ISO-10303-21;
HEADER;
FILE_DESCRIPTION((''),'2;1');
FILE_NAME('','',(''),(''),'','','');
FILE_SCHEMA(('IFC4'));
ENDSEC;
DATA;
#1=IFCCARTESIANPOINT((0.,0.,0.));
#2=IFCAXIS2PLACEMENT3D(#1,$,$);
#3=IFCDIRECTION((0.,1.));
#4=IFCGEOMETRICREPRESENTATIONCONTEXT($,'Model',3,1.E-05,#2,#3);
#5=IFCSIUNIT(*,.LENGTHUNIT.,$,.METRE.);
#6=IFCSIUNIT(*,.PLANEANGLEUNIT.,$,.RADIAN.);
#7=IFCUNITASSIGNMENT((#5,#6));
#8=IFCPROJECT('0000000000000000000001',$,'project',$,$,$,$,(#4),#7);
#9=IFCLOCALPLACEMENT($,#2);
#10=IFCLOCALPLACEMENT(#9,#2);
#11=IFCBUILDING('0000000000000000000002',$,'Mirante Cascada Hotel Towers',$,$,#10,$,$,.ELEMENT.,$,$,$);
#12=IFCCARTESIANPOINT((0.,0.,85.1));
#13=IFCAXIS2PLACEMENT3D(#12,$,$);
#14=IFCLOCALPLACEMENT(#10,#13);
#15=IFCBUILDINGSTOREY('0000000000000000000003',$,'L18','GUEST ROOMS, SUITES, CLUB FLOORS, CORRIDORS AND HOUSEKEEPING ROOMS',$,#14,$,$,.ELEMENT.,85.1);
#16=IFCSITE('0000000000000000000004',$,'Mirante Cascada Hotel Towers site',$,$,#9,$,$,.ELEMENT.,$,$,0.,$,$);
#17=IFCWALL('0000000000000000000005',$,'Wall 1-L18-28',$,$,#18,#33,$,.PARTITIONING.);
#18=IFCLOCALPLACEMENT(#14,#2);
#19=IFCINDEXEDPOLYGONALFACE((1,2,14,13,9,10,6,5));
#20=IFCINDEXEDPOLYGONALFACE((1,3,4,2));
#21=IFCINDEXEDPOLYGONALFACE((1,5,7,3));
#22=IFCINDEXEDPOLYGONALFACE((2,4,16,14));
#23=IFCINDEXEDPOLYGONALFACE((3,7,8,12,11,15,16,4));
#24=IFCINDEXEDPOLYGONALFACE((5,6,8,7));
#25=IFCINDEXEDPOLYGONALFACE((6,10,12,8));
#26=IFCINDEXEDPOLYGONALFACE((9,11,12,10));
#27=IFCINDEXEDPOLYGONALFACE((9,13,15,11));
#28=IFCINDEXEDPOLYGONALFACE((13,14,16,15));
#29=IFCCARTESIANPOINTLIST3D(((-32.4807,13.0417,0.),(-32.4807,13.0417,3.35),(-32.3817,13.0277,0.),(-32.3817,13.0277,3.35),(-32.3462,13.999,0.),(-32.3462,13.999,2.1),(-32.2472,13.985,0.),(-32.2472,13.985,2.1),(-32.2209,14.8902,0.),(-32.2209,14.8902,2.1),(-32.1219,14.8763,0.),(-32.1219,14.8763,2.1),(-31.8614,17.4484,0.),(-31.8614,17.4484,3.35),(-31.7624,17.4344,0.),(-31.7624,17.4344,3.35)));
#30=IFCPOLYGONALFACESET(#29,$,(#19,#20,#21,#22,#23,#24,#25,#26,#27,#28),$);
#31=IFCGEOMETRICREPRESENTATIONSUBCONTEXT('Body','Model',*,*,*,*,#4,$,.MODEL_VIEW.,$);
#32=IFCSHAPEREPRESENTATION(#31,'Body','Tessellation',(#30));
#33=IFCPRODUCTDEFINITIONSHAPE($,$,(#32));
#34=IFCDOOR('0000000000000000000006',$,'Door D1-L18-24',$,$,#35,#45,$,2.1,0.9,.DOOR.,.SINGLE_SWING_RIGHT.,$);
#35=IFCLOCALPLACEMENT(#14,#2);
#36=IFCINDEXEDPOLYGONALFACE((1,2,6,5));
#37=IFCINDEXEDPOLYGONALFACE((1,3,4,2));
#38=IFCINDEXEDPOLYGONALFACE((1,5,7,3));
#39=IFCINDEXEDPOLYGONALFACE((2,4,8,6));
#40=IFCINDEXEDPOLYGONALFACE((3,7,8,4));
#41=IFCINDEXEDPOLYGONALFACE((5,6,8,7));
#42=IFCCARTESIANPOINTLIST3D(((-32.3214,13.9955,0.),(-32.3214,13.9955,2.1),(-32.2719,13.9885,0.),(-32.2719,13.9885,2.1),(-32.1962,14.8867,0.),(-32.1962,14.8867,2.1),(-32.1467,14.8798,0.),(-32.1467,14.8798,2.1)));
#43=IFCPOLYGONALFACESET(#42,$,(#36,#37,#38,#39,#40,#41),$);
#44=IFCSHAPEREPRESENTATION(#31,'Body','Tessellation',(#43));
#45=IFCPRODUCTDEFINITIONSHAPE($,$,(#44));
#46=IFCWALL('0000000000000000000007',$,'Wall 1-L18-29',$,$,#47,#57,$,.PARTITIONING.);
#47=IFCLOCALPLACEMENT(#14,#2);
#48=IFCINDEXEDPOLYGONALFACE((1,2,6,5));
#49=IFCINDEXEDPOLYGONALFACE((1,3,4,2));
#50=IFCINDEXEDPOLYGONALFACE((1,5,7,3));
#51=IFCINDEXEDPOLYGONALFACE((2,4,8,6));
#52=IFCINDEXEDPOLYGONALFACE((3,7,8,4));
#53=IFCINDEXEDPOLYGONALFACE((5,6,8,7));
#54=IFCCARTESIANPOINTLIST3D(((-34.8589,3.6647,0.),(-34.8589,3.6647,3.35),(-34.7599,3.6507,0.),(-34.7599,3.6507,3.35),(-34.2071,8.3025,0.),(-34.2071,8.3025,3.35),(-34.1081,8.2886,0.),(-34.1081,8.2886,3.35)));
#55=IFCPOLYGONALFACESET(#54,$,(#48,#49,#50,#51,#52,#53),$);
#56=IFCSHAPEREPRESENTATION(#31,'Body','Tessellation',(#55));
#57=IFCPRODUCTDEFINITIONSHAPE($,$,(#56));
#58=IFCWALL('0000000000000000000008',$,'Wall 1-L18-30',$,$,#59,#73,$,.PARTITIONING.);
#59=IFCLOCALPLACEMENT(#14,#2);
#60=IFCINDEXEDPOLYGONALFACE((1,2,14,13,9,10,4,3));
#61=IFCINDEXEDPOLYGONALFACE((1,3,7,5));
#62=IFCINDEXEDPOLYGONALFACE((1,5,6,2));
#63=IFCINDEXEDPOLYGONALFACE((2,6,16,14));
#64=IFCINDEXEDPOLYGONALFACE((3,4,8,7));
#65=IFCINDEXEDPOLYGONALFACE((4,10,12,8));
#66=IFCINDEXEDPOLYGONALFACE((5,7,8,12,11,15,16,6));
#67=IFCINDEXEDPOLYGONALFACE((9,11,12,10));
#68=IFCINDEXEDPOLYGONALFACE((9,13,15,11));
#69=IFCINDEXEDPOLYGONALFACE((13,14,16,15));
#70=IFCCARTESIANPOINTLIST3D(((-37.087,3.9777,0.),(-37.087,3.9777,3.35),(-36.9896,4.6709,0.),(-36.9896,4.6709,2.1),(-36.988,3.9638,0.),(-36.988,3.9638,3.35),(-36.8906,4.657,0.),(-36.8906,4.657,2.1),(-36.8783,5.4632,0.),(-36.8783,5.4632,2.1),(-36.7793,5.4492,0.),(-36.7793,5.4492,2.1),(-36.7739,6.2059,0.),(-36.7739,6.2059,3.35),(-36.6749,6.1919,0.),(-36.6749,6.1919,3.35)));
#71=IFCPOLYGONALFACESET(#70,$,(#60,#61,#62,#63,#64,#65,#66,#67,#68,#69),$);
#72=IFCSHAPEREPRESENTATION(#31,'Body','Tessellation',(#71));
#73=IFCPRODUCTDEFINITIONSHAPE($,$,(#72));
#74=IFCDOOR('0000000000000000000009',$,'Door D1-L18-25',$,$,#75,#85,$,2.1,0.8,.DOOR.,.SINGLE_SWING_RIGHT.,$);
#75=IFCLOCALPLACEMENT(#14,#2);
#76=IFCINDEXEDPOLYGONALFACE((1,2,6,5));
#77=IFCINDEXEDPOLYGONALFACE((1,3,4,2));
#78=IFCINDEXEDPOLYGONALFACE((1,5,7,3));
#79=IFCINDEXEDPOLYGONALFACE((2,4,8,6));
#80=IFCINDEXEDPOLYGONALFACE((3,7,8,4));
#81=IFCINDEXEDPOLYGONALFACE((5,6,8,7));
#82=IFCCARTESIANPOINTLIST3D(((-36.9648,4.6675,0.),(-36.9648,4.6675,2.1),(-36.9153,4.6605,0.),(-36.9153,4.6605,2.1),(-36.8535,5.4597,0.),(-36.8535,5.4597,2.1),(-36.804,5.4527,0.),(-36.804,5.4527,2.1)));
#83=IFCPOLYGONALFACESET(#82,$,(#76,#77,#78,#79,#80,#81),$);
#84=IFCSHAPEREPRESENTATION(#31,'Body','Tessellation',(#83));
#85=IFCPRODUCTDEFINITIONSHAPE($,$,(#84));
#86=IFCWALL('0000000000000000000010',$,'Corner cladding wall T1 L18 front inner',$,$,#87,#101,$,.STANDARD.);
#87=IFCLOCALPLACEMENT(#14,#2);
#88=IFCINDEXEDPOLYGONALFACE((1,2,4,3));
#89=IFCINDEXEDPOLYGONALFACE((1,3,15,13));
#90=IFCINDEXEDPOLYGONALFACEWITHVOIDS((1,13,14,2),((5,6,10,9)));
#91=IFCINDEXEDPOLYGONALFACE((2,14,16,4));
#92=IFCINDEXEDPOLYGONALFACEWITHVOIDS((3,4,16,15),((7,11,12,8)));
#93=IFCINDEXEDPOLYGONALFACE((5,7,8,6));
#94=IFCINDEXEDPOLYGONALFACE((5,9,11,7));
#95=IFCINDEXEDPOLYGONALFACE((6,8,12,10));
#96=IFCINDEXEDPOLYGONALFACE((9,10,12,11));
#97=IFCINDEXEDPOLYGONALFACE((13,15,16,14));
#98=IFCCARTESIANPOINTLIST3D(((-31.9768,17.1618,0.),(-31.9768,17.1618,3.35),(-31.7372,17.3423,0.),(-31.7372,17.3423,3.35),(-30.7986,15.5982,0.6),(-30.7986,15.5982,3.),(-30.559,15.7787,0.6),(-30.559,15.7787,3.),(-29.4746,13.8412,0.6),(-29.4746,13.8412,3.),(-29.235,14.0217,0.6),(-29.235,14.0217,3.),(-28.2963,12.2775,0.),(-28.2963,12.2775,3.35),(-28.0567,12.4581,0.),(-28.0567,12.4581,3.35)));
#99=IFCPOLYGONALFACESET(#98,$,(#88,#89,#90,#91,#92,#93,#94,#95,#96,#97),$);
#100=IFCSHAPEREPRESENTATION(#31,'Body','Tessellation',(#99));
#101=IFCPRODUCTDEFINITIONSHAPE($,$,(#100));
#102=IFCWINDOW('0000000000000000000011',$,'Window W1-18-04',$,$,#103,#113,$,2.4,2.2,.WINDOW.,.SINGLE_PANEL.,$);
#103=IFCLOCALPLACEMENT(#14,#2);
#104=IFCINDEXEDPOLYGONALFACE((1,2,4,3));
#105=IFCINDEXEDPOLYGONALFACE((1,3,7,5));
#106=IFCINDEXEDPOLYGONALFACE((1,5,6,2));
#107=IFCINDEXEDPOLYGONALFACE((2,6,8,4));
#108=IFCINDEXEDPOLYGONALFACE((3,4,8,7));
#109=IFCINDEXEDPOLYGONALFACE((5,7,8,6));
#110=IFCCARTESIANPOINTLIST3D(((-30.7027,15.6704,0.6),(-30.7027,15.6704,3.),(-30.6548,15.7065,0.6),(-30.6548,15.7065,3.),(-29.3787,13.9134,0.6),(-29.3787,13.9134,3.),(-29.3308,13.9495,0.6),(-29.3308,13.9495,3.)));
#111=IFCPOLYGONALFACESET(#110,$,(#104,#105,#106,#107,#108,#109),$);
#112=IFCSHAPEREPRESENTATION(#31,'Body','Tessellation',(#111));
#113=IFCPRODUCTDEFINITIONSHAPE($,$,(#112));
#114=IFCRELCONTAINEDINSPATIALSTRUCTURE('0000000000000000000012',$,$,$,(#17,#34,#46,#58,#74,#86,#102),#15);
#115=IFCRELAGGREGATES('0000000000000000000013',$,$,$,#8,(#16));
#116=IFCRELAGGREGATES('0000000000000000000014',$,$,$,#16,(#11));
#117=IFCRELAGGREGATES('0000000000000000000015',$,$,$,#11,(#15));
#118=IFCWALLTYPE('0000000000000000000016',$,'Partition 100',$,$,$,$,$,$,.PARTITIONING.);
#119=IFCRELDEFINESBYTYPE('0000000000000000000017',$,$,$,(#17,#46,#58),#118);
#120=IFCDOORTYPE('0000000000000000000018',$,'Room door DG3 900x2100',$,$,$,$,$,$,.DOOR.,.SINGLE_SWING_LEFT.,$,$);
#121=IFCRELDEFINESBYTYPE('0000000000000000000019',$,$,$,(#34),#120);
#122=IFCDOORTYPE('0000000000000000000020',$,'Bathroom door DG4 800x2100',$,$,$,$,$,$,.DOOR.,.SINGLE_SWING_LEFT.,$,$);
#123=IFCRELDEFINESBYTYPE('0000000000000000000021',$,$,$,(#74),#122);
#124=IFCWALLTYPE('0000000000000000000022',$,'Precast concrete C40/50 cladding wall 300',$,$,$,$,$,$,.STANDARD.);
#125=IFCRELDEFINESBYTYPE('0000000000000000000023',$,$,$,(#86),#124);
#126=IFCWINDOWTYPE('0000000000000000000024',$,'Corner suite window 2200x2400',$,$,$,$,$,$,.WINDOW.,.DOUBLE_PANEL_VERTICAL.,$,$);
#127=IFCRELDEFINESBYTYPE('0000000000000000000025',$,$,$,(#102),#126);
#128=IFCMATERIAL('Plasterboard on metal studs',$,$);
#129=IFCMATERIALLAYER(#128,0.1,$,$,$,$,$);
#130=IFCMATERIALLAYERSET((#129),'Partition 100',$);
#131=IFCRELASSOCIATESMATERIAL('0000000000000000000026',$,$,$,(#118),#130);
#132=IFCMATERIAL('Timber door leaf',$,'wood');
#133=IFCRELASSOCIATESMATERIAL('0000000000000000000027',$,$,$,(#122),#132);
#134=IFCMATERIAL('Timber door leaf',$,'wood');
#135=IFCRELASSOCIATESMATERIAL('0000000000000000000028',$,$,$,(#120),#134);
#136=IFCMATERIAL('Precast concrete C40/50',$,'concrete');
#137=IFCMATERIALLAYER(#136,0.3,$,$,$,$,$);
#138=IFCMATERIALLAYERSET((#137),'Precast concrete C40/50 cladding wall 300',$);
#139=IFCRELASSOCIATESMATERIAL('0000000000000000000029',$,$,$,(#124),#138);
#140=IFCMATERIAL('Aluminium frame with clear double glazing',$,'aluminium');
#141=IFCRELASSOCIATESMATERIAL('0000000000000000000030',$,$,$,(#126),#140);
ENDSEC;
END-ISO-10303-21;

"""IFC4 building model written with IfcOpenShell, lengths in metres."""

from ifc_helpers import new_model, si_unit, direction, frame, frame_2d, origin, place, context, subcontext, project, spatial, rectangle, extrude, material, layer, layer_set, type_object, element, fill, save


model = new_model("IFC4")

# Units and contexts
model_context = context("Model", 3, precision=1e-05, world=origin(), true_north=direction((0.0, 1.0)))
body_context = subcontext(model_context, "Body", "Model", "MODEL_VIEW")
ifc_project = project(units=[si_unit("LENGTHUNIT", "METRE"), si_unit("PLANEANGLEUNIT", "RADIAN")], contexts=[model_context])

# Site, building, storey
site_placement = place(None, origin())
site = spatial("IfcSite", under=ifc_project, at=site_placement, Name="Mirante Cascada Hotel Towers site", CompositionType="ELEMENT", RefElevation=0.0)
building_placement = place(site_placement, origin())
building = spatial("IfcBuilding", under=site, at=building_placement, Name="Mirante Cascada Hotel Towers", CompositionType="ELEMENT")
storey_placement = place(building_placement, frame((0.0, 0.0, 85.1)))
storey = spatial("IfcBuildingStorey", under=building, at=storey_placement, Name="L18", Description="GUEST ROOMS, SUITES, CLUB FLOORS, CORRIDORS AND HOUSEKEEPING ROOMS", CompositionType="ELEMENT", Elevation=85.1)

# Shared definitions
ifc_material_1 = material(Name="Plasterboard on metal studs")
ifc_layer_1 = layer(ifc_material_1, 0.1)
ifc_layer_set_1 = layer_set([ifc_layer_1], Name="Partition 100")
wall_type_1 = type_object("IfcWallType", Name="Partition 100", PredefinedType="PARTITIONING", material=ifc_layer_set_1)

# Wall, opening, door
ifc_material_2 = material(Name="Timber door leaf", Category="wood")
door_type_1 = type_object("IfcDoorType", Name="Bathroom door DG4 800x2100", OperationType="SINGLE_SWING_LEFT", PredefinedType="DOOR", material=ifc_material_2)
wall_1_placement = place(storey_placement, frame((-31.8119, 17.4414, 0.0), z_axis=(0.0, 0.0, 1.0), x_axis=(-0.139168, -0.990269, 0.0)))
wall_1 = element("IfcWall", 1, at=wall_1_placement, inside=storey, type_object=wall_type_1, Name="Wall 1-L18-28", PredefinedType="PARTITIONING", context=body_context, shape_type="SweptSolid", body=[
    extrude(rectangle(XDim=4.45, YDim=0.1, at=frame_2d((2.225, 0.0))), origin(), (0.0, 0.0, 1.0), 3.35),
])
opening_1_placement = place(wall_1_placement, frame((2.5833, 0.0, 0.0)))
opening_1 = element("IfcOpeningElement", 2, at=opening_1_placement, cuts=wall_1, PredefinedType="OPENING", context=body_context, shape_type="SweptSolid", body=[
    extrude(rectangle(XDim=0.9, YDim=2.1, at=frame_2d((0.45, 1.05))), frame((0.0, 0.05, 0.0), z_axis=(0.0, -1.0, 0.0), x_axis=(1.0, 0.0, 0.0)), (0.0, 0.0, 1.0), 0.1),
])
ifc_material_3 = material(Name="Timber door leaf", Category="wood")
door_type_2 = type_object("IfcDoorType", Name="Room door DG3 900x2100", OperationType="SINGLE_SWING_LEFT", PredefinedType="DOOR", material=ifc_material_3)
door_1_placement = place(opening_1_placement, frame((0.9, 0.0, 0.0), z_axis=(0.0, 0.0, 1.0), x_axis=(-1.0, 0.0, 0.0)))
door_1 = element("IfcDoor", 3, at=door_1_placement, inside=storey, type_object=door_type_2, Name="Door D1-L18-24", OperationType="SINGLE_SWING_RIGHT", OverallHeight=2.1, OverallWidth=0.9, PredefinedType="DOOR", context=body_context, shape_type="SweptSolid", body=[
    extrude(rectangle(XDim=0.9, YDim=2.1, at=frame_2d((0.45, 1.05))), frame((0.0, 0.025, 0.0), z_axis=(0.0, -1.0, 0.0), x_axis=(1.0, 0.0, 0.0)), (0.0, 0.0, 1.0), 0.05),
])
fill(opening_1, door_1)

# Wall
wall_2_placement = place(storey_placement, frame((-34.8094, 3.6577, 0.0), z_axis=(0.0, 0.0, 1.0), x_axis=(0.139173, 0.990268, 0.0)))
element("IfcWall", 4, at=wall_2_placement, inside=storey, type_object=wall_type_1, Name="Wall 1-L18-29", PredefinedType="PARTITIONING", context=body_context, shape_type="SweptSolid", body=[
    extrude(rectangle(XDim=4.6834, YDim=0.1, at=frame_2d((2.3417, 0.0))), origin(), (0.0, 0.0, 1.0), 3.35),
])

# Wall, opening, door
wall_3_placement = place(storey_placement, frame((-36.7244, 6.1989, 0.0), z_axis=(0.0, 0.0, 1.0), x_axis=(-0.139156, -0.990271, 0.0)))
wall_3 = element("IfcWall", 5, at=wall_3_placement, inside=storey, type_object=wall_type_1, Name="Wall 1-L18-30", PredefinedType="PARTITIONING", context=body_context, shape_type="SweptSolid", body=[
    extrude(rectangle(XDim=2.25, YDim=0.1, at=frame_2d((1.125, 0.0))), origin(), (0.0, 0.0, 1.0), 3.35),
])
opening_2_placement = place(wall_3_placement, frame((0.75, 0.0, 0.0)))
opening_2 = element("IfcOpeningElement", 6, at=opening_2_placement, cuts=wall_3, PredefinedType="OPENING", context=body_context, shape_type="SweptSolid", body=[
    extrude(rectangle(XDim=0.8, YDim=2.1, at=frame_2d((0.4, 1.05))), frame((0.0, 0.05, 0.0), z_axis=(0.0, -1.0, 0.0), x_axis=(1.0, 0.0, 0.0)), (0.0, 0.0, 1.0), 0.1),
])
door_2_placement = place(opening_2_placement, frame((0.8, 0.0, 0.0), z_axis=(0.0, 0.0, 1.0), x_axis=(-1.0, 0.0, 0.0)))
door_2 = element("IfcDoor", 7, at=door_2_placement, inside=storey, type_object=door_type_1, Name="Door D1-L18-25", OperationType="SINGLE_SWING_RIGHT", OverallHeight=2.1, OverallWidth=0.8, PredefinedType="DOOR", context=body_context, shape_type="SweptSolid", body=[
    extrude(rectangle(XDim=0.8, YDim=2.1, at=frame_2d((0.4, 1.05))), frame((0.0, 0.025, 0.0), z_axis=(0.0, -1.0, 0.0), x_axis=(1.0, 0.0, 0.0)), (0.0, 0.0, 1.0), 0.05),
])
fill(opening_2, door_2)

# Wall, opening, window
ifc_material_4 = material(Name="Precast concrete C40/50", Category="concrete")
ifc_layer_2 = layer(ifc_material_4, 0.3)
ifc_layer_set_2 = layer_set([ifc_layer_2], Name="Precast concrete C40/50 cladding wall 300")
wall_type_2 = type_object("IfcWallType", Name="Precast concrete C40/50 cladding wall 300", PredefinedType="STANDARD", material=ifc_layer_set_2)
wall_4_placement = place(storey_placement, frame((-31.857, 17.252, 0.0), z_axis=(0.0, 0.0, 1.0), x_axis=(0.601814, -0.798636, 0.0)))
wall_4 = element("IfcWall", 8, at=wall_4_placement, inside=storey, type_object=wall_type_2, Name="Corner cladding wall T1 L18 front inner", PredefinedType="STANDARD", context=body_context, shape_type="SweptSolid", body=[
    extrude(rectangle(XDim=6.1157, YDim=0.3, at=frame_2d((3.0578, 0.0))), origin(), (0.0, 0.0, 1.0), 3.35),
])
opening_3_placement = place(wall_4_placement, frame((1.9578, 0.0, 0.6)))
opening_3 = element("IfcOpeningElement", 9, at=opening_3_placement, cuts=wall_4, PredefinedType="OPENING", context=body_context, shape_type="SweptSolid", body=[
    extrude(rectangle(XDim=2.2, YDim=2.4, at=frame_2d((1.1, 1.2))), frame((0.0, 0.15, 0.0), z_axis=(0.0, -1.0, 0.0), x_axis=(1.0, 0.0, 0.0)), (0.0, 0.0, 1.0), 0.3),
])
ifc_material_5 = material(Name="Aluminium frame with clear double glazing", Category="aluminium")
window_type = type_object("IfcWindowType", Name="Corner suite window 2200x2400", PartitioningType="DOUBLE_PANEL_VERTICAL", PredefinedType="WINDOW", material=ifc_material_5)
window_placement = place(opening_3_placement, origin())
window = element("IfcWindow", 10, at=window_placement, inside=storey, type_object=window_type, Name="Window W1-18-04", OverallHeight=2.4, OverallWidth=2.2, PartitioningType="SINGLE_PANEL", PredefinedType="WINDOW", context=body_context, shape_type="SweptSolid", body=[
    extrude(rectangle(XDim=2.2, YDim=2.4, at=frame_2d((1.1, 1.2))), frame((0.0, 0.03, 0.0), z_axis=(0.0, -1.0, 0.0), x_axis=(1.0, 0.0, 0.0)), (0.0, 0.0, 1.0), 0.06),
])
fill(opening_3, window)

save(model, "model.ifc")
